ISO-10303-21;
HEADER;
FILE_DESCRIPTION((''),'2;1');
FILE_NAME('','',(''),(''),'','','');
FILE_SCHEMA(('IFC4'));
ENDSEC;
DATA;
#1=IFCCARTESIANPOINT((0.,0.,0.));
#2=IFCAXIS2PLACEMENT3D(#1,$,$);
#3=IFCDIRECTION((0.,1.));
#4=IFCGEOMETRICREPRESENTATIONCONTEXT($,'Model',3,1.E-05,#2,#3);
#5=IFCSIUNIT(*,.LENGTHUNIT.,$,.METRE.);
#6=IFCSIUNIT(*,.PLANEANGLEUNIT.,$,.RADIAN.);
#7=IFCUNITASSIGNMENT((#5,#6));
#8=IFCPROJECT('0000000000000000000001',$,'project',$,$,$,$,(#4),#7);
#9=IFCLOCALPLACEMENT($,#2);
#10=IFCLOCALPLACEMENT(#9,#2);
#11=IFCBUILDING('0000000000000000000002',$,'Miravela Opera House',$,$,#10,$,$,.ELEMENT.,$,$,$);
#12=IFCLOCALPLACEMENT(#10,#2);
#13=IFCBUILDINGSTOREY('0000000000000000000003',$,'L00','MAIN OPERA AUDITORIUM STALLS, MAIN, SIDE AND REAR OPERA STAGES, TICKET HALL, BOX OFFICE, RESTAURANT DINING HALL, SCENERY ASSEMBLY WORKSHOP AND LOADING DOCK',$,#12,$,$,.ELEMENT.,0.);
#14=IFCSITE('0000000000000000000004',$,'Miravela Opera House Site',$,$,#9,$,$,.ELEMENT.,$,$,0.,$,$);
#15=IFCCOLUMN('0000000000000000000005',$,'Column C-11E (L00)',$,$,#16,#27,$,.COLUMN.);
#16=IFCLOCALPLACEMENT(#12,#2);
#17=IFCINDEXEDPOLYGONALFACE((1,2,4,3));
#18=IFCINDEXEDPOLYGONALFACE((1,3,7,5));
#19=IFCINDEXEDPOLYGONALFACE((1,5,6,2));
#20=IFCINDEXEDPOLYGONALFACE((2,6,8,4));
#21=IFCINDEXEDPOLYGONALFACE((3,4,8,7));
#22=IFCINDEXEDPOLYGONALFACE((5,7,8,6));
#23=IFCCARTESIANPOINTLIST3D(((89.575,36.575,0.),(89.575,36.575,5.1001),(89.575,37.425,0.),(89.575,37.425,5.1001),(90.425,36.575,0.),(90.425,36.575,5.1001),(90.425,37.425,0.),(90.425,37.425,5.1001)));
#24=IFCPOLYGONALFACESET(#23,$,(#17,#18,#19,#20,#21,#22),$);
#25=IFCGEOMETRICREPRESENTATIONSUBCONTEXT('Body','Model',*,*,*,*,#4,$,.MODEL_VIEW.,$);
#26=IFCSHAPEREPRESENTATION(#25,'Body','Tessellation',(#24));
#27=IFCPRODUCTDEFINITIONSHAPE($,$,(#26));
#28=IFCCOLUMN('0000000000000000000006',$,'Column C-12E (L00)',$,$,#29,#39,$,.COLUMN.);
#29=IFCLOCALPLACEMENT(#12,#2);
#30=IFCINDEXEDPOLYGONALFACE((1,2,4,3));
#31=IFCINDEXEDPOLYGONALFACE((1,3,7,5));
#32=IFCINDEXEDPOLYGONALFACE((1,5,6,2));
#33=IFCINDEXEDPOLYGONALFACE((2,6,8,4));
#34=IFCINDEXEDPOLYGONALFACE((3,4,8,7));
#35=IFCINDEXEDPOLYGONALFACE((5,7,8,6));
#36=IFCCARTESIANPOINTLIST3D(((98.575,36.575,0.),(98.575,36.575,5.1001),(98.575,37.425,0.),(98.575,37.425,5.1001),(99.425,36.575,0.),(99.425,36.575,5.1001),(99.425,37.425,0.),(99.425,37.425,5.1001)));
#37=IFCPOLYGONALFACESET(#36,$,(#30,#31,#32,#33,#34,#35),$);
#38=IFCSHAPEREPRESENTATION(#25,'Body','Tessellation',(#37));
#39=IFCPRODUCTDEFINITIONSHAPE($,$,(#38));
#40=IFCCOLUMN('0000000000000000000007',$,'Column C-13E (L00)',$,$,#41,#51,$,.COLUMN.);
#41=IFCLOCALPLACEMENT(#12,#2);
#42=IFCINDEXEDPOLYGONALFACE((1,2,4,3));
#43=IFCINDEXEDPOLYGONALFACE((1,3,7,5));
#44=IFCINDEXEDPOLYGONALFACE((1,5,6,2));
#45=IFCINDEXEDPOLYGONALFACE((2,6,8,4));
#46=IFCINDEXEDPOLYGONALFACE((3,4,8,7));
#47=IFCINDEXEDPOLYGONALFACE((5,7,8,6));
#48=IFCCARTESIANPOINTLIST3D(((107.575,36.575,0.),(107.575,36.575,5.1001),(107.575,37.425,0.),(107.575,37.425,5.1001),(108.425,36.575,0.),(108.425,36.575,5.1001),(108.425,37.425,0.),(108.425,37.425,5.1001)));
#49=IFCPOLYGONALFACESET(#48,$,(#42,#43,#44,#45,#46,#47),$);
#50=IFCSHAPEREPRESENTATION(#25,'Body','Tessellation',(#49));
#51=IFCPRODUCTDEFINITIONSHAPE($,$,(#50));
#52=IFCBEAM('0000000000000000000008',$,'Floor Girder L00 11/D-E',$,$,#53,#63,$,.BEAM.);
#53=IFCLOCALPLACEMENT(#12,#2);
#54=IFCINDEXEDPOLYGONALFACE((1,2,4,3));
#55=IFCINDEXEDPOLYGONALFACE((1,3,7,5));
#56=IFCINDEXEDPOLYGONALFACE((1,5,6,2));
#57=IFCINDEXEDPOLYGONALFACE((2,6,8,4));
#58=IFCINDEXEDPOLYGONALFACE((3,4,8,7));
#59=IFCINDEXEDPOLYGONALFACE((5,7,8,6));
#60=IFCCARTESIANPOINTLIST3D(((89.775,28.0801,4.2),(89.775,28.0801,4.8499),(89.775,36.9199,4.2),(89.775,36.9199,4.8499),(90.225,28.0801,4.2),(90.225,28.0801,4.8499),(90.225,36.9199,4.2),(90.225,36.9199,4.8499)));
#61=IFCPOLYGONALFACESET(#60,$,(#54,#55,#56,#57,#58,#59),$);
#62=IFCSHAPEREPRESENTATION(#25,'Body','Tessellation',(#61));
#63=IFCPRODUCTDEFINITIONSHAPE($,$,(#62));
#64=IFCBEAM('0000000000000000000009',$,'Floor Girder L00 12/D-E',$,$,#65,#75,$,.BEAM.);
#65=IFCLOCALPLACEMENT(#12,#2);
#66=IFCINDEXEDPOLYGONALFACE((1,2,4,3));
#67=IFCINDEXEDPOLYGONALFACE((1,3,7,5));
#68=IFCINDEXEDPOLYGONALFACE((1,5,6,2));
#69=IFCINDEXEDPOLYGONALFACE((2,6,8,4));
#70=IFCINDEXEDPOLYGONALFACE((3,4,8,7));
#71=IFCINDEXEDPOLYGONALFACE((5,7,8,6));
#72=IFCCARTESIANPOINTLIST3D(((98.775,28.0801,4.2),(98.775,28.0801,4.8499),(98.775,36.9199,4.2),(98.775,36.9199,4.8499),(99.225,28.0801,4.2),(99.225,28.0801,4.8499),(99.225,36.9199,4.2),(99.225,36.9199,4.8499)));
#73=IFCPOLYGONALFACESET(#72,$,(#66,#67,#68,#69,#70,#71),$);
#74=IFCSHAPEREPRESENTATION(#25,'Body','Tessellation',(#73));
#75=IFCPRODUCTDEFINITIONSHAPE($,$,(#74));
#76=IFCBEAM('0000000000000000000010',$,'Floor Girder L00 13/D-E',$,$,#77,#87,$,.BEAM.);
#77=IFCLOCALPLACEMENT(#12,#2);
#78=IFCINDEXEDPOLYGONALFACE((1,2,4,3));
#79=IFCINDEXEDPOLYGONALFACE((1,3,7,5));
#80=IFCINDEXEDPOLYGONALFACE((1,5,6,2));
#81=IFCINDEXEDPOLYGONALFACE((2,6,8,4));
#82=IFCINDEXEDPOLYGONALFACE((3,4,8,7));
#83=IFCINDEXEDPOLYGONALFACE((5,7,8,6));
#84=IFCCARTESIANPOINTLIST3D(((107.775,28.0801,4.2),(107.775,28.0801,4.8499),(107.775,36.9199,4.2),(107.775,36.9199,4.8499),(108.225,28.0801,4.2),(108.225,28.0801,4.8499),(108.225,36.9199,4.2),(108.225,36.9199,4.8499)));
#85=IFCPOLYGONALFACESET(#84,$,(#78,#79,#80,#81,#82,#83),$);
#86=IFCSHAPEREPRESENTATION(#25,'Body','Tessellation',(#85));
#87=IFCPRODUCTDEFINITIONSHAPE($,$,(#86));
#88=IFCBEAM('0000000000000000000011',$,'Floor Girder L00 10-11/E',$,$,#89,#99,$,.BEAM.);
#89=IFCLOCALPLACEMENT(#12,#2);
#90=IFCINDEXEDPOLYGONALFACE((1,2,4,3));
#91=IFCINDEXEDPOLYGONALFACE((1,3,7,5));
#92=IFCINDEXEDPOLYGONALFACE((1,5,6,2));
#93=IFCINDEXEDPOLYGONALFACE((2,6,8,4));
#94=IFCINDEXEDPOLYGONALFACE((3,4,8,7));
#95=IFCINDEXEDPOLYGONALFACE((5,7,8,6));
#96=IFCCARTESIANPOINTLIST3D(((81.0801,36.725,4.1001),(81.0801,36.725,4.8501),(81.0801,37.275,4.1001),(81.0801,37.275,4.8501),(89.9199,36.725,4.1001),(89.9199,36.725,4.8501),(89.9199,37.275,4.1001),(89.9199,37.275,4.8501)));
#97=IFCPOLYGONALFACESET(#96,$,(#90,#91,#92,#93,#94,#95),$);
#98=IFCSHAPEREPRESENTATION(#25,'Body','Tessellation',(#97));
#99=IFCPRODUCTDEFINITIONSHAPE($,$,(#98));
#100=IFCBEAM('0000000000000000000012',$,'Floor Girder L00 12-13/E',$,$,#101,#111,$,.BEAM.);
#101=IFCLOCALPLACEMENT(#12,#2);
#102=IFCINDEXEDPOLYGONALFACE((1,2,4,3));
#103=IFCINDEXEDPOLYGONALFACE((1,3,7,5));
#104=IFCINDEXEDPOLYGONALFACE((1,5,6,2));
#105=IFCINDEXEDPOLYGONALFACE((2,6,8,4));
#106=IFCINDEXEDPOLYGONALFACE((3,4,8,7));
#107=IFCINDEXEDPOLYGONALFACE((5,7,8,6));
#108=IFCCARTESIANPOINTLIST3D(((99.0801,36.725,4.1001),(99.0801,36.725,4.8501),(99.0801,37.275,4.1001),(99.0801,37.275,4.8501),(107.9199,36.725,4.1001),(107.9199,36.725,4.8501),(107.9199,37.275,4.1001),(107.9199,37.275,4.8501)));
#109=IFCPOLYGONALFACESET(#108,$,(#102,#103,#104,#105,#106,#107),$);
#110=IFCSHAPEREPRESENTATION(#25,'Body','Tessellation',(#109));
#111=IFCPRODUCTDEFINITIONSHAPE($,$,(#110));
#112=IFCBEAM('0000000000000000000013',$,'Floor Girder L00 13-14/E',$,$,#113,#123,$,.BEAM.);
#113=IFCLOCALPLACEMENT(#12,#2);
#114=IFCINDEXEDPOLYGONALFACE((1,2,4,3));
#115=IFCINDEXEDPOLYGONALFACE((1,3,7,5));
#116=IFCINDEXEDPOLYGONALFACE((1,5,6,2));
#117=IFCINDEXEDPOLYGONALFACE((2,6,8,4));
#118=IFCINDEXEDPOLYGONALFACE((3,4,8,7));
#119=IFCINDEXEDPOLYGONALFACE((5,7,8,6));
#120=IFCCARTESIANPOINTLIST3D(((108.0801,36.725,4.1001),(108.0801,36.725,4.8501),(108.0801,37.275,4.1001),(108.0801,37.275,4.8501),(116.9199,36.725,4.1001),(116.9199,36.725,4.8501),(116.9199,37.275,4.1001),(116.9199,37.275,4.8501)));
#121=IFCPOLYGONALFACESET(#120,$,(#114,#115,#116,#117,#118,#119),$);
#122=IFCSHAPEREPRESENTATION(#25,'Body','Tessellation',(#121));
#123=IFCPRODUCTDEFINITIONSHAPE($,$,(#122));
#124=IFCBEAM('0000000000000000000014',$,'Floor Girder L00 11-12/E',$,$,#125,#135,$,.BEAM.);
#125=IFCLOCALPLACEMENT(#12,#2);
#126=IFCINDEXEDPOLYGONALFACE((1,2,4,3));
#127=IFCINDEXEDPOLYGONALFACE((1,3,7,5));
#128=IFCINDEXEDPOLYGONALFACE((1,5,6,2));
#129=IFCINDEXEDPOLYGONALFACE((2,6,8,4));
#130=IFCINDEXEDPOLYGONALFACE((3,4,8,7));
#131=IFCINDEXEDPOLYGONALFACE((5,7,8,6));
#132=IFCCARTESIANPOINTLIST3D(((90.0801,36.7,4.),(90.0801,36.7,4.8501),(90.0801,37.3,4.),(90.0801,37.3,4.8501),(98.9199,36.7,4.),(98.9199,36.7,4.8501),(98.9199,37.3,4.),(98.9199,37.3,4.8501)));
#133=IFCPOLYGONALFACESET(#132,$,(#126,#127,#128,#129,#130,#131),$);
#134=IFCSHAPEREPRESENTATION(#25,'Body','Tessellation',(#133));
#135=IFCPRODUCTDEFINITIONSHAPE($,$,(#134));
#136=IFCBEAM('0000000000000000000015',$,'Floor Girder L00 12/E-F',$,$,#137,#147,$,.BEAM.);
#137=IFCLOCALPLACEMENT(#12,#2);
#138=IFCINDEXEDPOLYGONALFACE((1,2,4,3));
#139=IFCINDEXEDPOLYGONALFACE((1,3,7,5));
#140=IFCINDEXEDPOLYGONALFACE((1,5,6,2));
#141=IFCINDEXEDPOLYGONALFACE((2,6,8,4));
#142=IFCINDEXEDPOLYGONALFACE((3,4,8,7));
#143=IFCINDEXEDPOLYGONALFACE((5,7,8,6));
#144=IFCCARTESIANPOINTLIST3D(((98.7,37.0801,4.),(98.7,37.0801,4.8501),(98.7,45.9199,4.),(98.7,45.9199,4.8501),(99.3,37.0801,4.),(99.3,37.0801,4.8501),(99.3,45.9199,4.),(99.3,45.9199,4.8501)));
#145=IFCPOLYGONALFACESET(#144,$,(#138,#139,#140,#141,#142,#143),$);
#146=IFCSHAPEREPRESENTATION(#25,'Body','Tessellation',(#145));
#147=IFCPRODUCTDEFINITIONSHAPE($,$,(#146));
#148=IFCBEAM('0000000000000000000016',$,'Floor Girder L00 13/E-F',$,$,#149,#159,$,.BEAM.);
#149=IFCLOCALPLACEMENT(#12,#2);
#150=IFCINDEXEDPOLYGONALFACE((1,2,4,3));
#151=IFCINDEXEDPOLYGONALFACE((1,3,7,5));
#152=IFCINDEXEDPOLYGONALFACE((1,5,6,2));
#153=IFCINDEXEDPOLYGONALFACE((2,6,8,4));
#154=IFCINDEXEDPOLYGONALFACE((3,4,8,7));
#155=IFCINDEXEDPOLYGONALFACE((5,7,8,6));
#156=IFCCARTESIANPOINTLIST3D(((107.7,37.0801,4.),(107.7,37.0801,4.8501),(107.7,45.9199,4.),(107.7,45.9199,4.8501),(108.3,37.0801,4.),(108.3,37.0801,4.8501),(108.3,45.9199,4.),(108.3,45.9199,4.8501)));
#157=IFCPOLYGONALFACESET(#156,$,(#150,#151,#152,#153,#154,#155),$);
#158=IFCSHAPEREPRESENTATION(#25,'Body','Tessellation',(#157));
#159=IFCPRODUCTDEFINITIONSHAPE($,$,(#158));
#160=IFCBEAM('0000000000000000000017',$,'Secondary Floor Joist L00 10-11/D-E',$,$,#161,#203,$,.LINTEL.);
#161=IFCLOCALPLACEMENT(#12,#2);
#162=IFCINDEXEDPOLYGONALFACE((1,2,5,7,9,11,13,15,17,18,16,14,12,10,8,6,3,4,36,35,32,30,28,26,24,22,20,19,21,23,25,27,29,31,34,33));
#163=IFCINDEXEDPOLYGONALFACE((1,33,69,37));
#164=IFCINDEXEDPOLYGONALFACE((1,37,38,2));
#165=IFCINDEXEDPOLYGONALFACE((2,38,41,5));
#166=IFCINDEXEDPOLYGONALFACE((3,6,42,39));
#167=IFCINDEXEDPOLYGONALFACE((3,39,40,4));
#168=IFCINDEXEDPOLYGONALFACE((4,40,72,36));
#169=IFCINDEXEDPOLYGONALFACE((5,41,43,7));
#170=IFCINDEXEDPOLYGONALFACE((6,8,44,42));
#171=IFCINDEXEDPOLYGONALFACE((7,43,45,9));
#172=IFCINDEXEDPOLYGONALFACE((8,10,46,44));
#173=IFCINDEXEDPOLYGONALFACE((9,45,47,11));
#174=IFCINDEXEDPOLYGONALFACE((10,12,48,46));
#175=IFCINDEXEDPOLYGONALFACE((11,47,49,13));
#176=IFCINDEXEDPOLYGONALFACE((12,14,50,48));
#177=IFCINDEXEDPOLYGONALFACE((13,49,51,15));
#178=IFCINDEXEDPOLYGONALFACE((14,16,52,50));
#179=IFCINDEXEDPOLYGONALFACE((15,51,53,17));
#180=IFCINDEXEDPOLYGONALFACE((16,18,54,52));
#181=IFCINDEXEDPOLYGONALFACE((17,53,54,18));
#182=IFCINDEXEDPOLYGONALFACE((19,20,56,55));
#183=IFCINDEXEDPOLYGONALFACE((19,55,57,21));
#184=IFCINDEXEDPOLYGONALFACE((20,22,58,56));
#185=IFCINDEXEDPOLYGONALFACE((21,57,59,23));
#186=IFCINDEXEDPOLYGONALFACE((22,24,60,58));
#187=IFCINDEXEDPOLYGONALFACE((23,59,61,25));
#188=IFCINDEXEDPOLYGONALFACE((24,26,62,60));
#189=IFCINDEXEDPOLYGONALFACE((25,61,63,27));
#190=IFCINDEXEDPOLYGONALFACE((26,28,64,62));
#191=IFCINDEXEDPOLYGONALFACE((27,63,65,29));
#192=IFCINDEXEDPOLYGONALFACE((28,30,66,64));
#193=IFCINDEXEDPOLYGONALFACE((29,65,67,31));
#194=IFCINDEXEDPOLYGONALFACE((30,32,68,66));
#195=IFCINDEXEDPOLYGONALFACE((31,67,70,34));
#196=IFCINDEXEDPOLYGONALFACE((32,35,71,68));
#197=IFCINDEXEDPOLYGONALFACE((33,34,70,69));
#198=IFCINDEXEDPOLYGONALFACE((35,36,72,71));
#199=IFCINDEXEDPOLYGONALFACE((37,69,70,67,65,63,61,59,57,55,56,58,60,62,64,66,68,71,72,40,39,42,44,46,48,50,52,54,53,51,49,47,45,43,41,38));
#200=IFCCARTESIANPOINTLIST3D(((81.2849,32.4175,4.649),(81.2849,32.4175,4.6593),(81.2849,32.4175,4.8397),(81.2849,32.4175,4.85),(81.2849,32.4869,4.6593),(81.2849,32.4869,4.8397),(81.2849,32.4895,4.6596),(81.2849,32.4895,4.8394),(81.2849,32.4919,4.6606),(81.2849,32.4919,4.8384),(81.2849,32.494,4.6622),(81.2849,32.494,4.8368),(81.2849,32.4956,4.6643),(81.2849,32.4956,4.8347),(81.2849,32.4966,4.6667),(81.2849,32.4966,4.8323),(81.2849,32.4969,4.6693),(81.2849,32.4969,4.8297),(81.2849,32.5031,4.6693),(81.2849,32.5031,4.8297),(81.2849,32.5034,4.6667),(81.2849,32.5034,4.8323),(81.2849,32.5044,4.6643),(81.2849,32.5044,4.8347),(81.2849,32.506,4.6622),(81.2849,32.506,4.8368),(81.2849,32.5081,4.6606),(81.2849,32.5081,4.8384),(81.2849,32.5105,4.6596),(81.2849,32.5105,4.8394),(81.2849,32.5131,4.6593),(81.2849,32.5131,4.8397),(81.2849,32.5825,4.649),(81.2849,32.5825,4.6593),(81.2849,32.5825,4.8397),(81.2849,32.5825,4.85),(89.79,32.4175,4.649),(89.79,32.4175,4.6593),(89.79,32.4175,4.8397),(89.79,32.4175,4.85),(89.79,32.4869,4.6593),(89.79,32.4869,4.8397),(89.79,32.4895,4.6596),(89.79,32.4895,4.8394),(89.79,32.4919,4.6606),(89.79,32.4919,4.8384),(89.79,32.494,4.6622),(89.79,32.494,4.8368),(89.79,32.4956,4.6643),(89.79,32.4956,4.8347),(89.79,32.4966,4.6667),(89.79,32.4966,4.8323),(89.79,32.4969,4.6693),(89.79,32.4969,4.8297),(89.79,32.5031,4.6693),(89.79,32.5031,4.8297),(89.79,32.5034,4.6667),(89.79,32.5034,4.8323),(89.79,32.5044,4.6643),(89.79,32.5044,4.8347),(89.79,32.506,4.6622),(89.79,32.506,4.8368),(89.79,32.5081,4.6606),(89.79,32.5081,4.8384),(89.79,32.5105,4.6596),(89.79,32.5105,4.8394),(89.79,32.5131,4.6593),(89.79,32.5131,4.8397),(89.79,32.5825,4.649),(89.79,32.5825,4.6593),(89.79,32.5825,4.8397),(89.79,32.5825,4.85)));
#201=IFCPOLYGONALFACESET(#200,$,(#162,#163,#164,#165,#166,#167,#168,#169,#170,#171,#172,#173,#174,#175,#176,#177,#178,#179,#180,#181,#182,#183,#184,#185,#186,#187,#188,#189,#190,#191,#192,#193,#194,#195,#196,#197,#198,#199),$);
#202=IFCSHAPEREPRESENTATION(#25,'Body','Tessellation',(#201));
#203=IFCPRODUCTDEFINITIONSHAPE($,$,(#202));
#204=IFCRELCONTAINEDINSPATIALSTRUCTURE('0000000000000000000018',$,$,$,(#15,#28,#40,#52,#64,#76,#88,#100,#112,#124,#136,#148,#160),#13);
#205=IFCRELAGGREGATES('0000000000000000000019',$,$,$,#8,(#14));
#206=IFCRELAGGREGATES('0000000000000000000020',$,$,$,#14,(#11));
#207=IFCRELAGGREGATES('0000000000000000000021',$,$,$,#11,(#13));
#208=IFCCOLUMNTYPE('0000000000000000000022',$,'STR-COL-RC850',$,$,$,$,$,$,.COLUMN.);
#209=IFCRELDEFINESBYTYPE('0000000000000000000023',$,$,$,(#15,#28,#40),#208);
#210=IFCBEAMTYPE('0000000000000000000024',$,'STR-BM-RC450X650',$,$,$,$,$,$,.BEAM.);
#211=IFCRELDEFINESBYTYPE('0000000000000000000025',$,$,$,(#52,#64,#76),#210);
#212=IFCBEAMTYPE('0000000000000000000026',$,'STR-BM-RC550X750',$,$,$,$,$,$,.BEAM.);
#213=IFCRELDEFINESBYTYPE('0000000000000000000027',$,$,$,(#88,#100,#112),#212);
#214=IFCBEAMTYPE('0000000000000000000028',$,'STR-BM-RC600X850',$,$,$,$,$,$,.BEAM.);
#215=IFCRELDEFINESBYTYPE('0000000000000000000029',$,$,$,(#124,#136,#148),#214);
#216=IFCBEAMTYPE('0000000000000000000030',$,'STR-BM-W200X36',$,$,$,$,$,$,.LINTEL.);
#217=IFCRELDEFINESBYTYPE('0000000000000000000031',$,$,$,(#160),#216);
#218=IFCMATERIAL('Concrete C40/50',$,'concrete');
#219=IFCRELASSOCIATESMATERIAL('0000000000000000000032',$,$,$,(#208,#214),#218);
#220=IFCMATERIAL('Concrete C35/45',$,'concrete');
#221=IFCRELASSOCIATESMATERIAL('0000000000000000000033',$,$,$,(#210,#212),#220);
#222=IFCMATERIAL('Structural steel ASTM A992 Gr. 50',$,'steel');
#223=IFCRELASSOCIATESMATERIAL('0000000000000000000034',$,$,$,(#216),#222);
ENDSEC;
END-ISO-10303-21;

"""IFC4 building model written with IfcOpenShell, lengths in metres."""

from ifc_helpers import new_model, si_unit, direction, frame, origin, origin_2d, place, context, subcontext, project, spatial, rectangle, i_section, extrude, material, material_profile, profile_set, type_object, element, save


model = new_model("IFC4")

# Units and contexts
model_context = context("Model", 3, precision=1e-05, world=origin(), true_north=direction((0.0, 1.0)))
body_context = subcontext(model_context, "Body", "Model", "MODEL_VIEW")
ifc_project = project(units=[si_unit("LENGTHUNIT", "METRE"), si_unit("PLANEANGLEUNIT", "RADIAN")], contexts=[model_context])

# Site, building, storey
site_placement = place(None, origin())
site = spatial("IfcSite", under=ifc_project, at=site_placement, Name="Miravela Opera House Site", CompositionType="ELEMENT", RefElevation=0.0)
building_placement = place(site_placement, origin())
building = spatial("IfcBuilding", under=site, at=building_placement, Name="Miravela Opera House", CompositionType="ELEMENT")
storey_placement = place(building_placement, origin())
storey = spatial("IfcBuildingStorey", under=building, at=storey_placement, Name="L00", Description="MAIN OPERA AUDITORIUM STALLS, MAIN, SIDE AND REAR OPERA STAGES, TICKET HALL, BOX OFFICE, RESTAURANT DINING HALL, SCENERY ASSEMBLY WORKSHOP AND LOADING DOCK", CompositionType="ELEMENT", Elevation=0.0)

# Columns
ifc_material_1 = material(Name="Concrete C40/50", Category="concrete")
ifc_material_profile_1 = material_profile(ifc_material_1, rectangle(XDim=0.8501, YDim=0.8501, at=origin_2d()), Name="RC-COL-850X850")
ifc_profile_set_1 = profile_set([ifc_material_profile_1])
column_type = type_object("IfcColumnType", Name="STR-COL-RC850", PredefinedType="COLUMN", material=ifc_profile_set_1)
for number, where, z_axis, x_axis, name in (
    (1, (90.0, 37.0, 0.0), (0.0, 0.0, 1.0), (1.0, 0.0, 0.0), "Column C-11E (L00)"),
    (2, (99.0, 37.0, 0.0), (0.0, 0.0, 1.0), (1.0, 0.0, 0.0), "Column C-12E (L00)"),
    (3, (108.0, 37.0, 0.0), (0.0, 0.0, 1.0), (1.0, 0.0, 0.0), "Column C-13E (L00)"),
):
    element("IfcColumn", number, at=place(storey_placement, frame(where, z_axis=z_axis, x_axis=x_axis)), inside=storey, type_object=column_type, Name=name, PredefinedType="COLUMN", context=body_context, shape_type="SweptSolid", body=[
        extrude(rectangle(XDim=0.8501, YDim=0.8501, at=origin_2d()), origin(), (0.0, 0.0, 1.0), 5.1001),
    ])

# Beams
ifc_material_2 = material(Name="Concrete C35/45", Category="concrete")
ifc_material_profile_2 = material_profile(ifc_material_2, rectangle(XDim=0.45, YDim=0.6499, at=origin_2d()), Name="RC-BM-450X650")
ifc_profile_set_2 = profile_set([ifc_material_profile_2])
beam_type_1 = type_object("IfcBeamType", Name="STR-BM-RC450X650", PredefinedType="BEAM", material=ifc_profile_set_2)
for number, where, z_axis, x_axis, name in (
    (4, (90.0, 28.0801, 4.5249), (0.0, 1.0, 0.0), (-1.0, 0.0, 0.0), "Floor Girder L00 11/D-E"),
    (5, (99.0, 28.0801, 4.5249), (0.0, 1.0, 0.0), (-1.0, 0.0, 0.0), "Floor Girder L00 12/D-E"),
    (6, (108.0, 28.0801, 4.5249), (0.0, 1.0, 0.0), (-1.0, 0.0, 0.0), "Floor Girder L00 13/D-E"),
):
    element("IfcBeam", number, at=place(storey_placement, frame(where, z_axis=z_axis, x_axis=x_axis)), inside=storey, type_object=beam_type_1, Name=name, PredefinedType="BEAM", context=body_context, shape_type="SweptSolid", body=[
        extrude(rectangle(XDim=0.45, YDim=0.6499, at=origin_2d()), origin(), (0.0, 0.0, 1.0), 8.8398),
    ])
ifc_material_profile_3 = material_profile(ifc_material_2, rectangle(XDim=0.55, YDim=0.75, at=origin_2d()), Name="RC-BM-550X750")
ifc_profile_set_3 = profile_set([ifc_material_profile_3])
beam_type_2 = type_object("IfcBeamType", Name="STR-BM-RC550X750", PredefinedType="BEAM", material=ifc_profile_set_3)
for number, where, z_axis, x_axis, name in (
    (7, (81.0801, 37.0, 4.4751), (1.0, 0.0, 0.0), (0.0, 1.0, 0.0), "Floor Girder L00 10-11/E"),
    (8, (99.0801, 37.0, 4.4751), (1.0, 0.0, 0.0), (0.0, 1.0, 0.0), "Floor Girder L00 12-13/E"),
    (9, (108.0801, 37.0, 4.4751), (1.0, 0.0, 0.0), (0.0, 1.0, 0.0), "Floor Girder L00 13-14/E"),
):
    element("IfcBeam", number, at=place(storey_placement, frame(where, z_axis=z_axis, x_axis=x_axis)), inside=storey, type_object=beam_type_2, Name=name, PredefinedType="BEAM", context=body_context, shape_type="SweptSolid", body=[
        extrude(rectangle(XDim=0.55, YDim=0.75, at=origin_2d()), origin(), (0.0, 0.0, 1.0), 8.8398),
    ])
ifc_material_profile_4 = material_profile(ifc_material_1, rectangle(XDim=0.6001, YDim=0.8501, at=origin_2d()), Name="RC-BM-600X850")
ifc_profile_set_4 = profile_set([ifc_material_profile_4])
beam_type_3 = type_object("IfcBeamType", Name="STR-BM-RC600X850", PredefinedType="BEAM", material=ifc_profile_set_4)
for number, where, z_axis, x_axis, name in (
    (10, (90.0801, 37.0, 4.425), (1.0, 0.0, 0.0), (0.0, 1.0, 0.0), "Floor Girder L00 11-12/E"),
    (11, (99.0, 37.0801, 4.425), (0.0, 1.0, 0.0), (-1.0, 0.0, 0.0), "Floor Girder L00 12/E-F"),
    (12, (108.0, 37.0801, 4.425), (0.0, 1.0, 0.0), (-1.0, 0.0, 0.0), "Floor Girder L00 13/E-F"),
):
    element("IfcBeam", number, at=place(storey_placement, frame(where, z_axis=z_axis, x_axis=x_axis)), inside=storey, type_object=beam_type_3, Name=name, PredefinedType="BEAM", context=body_context, shape_type="SweptSolid", body=[
        extrude(rectangle(XDim=0.6001, YDim=0.8501, at=origin_2d()), origin(), (0.0, 0.0, 1.0), 8.8398),
    ])
ifc_material_3 = material(Name="Structural steel ASTM A992 Gr. 50", Category="steel")
ifc_material_profile_5 = material_profile(ifc_material_3, i_section(OverallWidth=0.165, OverallDepth=0.2009, WebThickness=0.0061, FlangeThickness=0.0103, FilletRadius=0.01, at=origin_2d()), Name="W200X36")
ifc_profile_set_5 = profile_set([ifc_material_profile_5])
beam_type_4 = type_object("IfcBeamType", Name="STR-BM-W200X36", PredefinedType="LINTEL", material=ifc_profile_set_5)
beam_1_placement = place(storey_placement, frame((81.2849, 32.5, 4.7495), z_axis=(1.0, 0.0, 0.0), x_axis=(0.0, 1.0, 0.0)))
element("IfcBeam", 13, at=beam_1_placement, inside=storey, type_object=beam_type_4, Name="Secondary Floor Joist L00 10-11/D-E", PredefinedType="LINTEL", context=body_context, shape_type="SweptSolid", body=[
    extrude(i_section(OverallWidth=0.165, OverallDepth=0.2009, WebThickness=0.0061, FlangeThickness=0.0103, FilletRadius=0.01, at=origin_2d()), origin(), (0.0, 0.0, 1.0), 8.5051),
])

save(model, "model.ifc")
